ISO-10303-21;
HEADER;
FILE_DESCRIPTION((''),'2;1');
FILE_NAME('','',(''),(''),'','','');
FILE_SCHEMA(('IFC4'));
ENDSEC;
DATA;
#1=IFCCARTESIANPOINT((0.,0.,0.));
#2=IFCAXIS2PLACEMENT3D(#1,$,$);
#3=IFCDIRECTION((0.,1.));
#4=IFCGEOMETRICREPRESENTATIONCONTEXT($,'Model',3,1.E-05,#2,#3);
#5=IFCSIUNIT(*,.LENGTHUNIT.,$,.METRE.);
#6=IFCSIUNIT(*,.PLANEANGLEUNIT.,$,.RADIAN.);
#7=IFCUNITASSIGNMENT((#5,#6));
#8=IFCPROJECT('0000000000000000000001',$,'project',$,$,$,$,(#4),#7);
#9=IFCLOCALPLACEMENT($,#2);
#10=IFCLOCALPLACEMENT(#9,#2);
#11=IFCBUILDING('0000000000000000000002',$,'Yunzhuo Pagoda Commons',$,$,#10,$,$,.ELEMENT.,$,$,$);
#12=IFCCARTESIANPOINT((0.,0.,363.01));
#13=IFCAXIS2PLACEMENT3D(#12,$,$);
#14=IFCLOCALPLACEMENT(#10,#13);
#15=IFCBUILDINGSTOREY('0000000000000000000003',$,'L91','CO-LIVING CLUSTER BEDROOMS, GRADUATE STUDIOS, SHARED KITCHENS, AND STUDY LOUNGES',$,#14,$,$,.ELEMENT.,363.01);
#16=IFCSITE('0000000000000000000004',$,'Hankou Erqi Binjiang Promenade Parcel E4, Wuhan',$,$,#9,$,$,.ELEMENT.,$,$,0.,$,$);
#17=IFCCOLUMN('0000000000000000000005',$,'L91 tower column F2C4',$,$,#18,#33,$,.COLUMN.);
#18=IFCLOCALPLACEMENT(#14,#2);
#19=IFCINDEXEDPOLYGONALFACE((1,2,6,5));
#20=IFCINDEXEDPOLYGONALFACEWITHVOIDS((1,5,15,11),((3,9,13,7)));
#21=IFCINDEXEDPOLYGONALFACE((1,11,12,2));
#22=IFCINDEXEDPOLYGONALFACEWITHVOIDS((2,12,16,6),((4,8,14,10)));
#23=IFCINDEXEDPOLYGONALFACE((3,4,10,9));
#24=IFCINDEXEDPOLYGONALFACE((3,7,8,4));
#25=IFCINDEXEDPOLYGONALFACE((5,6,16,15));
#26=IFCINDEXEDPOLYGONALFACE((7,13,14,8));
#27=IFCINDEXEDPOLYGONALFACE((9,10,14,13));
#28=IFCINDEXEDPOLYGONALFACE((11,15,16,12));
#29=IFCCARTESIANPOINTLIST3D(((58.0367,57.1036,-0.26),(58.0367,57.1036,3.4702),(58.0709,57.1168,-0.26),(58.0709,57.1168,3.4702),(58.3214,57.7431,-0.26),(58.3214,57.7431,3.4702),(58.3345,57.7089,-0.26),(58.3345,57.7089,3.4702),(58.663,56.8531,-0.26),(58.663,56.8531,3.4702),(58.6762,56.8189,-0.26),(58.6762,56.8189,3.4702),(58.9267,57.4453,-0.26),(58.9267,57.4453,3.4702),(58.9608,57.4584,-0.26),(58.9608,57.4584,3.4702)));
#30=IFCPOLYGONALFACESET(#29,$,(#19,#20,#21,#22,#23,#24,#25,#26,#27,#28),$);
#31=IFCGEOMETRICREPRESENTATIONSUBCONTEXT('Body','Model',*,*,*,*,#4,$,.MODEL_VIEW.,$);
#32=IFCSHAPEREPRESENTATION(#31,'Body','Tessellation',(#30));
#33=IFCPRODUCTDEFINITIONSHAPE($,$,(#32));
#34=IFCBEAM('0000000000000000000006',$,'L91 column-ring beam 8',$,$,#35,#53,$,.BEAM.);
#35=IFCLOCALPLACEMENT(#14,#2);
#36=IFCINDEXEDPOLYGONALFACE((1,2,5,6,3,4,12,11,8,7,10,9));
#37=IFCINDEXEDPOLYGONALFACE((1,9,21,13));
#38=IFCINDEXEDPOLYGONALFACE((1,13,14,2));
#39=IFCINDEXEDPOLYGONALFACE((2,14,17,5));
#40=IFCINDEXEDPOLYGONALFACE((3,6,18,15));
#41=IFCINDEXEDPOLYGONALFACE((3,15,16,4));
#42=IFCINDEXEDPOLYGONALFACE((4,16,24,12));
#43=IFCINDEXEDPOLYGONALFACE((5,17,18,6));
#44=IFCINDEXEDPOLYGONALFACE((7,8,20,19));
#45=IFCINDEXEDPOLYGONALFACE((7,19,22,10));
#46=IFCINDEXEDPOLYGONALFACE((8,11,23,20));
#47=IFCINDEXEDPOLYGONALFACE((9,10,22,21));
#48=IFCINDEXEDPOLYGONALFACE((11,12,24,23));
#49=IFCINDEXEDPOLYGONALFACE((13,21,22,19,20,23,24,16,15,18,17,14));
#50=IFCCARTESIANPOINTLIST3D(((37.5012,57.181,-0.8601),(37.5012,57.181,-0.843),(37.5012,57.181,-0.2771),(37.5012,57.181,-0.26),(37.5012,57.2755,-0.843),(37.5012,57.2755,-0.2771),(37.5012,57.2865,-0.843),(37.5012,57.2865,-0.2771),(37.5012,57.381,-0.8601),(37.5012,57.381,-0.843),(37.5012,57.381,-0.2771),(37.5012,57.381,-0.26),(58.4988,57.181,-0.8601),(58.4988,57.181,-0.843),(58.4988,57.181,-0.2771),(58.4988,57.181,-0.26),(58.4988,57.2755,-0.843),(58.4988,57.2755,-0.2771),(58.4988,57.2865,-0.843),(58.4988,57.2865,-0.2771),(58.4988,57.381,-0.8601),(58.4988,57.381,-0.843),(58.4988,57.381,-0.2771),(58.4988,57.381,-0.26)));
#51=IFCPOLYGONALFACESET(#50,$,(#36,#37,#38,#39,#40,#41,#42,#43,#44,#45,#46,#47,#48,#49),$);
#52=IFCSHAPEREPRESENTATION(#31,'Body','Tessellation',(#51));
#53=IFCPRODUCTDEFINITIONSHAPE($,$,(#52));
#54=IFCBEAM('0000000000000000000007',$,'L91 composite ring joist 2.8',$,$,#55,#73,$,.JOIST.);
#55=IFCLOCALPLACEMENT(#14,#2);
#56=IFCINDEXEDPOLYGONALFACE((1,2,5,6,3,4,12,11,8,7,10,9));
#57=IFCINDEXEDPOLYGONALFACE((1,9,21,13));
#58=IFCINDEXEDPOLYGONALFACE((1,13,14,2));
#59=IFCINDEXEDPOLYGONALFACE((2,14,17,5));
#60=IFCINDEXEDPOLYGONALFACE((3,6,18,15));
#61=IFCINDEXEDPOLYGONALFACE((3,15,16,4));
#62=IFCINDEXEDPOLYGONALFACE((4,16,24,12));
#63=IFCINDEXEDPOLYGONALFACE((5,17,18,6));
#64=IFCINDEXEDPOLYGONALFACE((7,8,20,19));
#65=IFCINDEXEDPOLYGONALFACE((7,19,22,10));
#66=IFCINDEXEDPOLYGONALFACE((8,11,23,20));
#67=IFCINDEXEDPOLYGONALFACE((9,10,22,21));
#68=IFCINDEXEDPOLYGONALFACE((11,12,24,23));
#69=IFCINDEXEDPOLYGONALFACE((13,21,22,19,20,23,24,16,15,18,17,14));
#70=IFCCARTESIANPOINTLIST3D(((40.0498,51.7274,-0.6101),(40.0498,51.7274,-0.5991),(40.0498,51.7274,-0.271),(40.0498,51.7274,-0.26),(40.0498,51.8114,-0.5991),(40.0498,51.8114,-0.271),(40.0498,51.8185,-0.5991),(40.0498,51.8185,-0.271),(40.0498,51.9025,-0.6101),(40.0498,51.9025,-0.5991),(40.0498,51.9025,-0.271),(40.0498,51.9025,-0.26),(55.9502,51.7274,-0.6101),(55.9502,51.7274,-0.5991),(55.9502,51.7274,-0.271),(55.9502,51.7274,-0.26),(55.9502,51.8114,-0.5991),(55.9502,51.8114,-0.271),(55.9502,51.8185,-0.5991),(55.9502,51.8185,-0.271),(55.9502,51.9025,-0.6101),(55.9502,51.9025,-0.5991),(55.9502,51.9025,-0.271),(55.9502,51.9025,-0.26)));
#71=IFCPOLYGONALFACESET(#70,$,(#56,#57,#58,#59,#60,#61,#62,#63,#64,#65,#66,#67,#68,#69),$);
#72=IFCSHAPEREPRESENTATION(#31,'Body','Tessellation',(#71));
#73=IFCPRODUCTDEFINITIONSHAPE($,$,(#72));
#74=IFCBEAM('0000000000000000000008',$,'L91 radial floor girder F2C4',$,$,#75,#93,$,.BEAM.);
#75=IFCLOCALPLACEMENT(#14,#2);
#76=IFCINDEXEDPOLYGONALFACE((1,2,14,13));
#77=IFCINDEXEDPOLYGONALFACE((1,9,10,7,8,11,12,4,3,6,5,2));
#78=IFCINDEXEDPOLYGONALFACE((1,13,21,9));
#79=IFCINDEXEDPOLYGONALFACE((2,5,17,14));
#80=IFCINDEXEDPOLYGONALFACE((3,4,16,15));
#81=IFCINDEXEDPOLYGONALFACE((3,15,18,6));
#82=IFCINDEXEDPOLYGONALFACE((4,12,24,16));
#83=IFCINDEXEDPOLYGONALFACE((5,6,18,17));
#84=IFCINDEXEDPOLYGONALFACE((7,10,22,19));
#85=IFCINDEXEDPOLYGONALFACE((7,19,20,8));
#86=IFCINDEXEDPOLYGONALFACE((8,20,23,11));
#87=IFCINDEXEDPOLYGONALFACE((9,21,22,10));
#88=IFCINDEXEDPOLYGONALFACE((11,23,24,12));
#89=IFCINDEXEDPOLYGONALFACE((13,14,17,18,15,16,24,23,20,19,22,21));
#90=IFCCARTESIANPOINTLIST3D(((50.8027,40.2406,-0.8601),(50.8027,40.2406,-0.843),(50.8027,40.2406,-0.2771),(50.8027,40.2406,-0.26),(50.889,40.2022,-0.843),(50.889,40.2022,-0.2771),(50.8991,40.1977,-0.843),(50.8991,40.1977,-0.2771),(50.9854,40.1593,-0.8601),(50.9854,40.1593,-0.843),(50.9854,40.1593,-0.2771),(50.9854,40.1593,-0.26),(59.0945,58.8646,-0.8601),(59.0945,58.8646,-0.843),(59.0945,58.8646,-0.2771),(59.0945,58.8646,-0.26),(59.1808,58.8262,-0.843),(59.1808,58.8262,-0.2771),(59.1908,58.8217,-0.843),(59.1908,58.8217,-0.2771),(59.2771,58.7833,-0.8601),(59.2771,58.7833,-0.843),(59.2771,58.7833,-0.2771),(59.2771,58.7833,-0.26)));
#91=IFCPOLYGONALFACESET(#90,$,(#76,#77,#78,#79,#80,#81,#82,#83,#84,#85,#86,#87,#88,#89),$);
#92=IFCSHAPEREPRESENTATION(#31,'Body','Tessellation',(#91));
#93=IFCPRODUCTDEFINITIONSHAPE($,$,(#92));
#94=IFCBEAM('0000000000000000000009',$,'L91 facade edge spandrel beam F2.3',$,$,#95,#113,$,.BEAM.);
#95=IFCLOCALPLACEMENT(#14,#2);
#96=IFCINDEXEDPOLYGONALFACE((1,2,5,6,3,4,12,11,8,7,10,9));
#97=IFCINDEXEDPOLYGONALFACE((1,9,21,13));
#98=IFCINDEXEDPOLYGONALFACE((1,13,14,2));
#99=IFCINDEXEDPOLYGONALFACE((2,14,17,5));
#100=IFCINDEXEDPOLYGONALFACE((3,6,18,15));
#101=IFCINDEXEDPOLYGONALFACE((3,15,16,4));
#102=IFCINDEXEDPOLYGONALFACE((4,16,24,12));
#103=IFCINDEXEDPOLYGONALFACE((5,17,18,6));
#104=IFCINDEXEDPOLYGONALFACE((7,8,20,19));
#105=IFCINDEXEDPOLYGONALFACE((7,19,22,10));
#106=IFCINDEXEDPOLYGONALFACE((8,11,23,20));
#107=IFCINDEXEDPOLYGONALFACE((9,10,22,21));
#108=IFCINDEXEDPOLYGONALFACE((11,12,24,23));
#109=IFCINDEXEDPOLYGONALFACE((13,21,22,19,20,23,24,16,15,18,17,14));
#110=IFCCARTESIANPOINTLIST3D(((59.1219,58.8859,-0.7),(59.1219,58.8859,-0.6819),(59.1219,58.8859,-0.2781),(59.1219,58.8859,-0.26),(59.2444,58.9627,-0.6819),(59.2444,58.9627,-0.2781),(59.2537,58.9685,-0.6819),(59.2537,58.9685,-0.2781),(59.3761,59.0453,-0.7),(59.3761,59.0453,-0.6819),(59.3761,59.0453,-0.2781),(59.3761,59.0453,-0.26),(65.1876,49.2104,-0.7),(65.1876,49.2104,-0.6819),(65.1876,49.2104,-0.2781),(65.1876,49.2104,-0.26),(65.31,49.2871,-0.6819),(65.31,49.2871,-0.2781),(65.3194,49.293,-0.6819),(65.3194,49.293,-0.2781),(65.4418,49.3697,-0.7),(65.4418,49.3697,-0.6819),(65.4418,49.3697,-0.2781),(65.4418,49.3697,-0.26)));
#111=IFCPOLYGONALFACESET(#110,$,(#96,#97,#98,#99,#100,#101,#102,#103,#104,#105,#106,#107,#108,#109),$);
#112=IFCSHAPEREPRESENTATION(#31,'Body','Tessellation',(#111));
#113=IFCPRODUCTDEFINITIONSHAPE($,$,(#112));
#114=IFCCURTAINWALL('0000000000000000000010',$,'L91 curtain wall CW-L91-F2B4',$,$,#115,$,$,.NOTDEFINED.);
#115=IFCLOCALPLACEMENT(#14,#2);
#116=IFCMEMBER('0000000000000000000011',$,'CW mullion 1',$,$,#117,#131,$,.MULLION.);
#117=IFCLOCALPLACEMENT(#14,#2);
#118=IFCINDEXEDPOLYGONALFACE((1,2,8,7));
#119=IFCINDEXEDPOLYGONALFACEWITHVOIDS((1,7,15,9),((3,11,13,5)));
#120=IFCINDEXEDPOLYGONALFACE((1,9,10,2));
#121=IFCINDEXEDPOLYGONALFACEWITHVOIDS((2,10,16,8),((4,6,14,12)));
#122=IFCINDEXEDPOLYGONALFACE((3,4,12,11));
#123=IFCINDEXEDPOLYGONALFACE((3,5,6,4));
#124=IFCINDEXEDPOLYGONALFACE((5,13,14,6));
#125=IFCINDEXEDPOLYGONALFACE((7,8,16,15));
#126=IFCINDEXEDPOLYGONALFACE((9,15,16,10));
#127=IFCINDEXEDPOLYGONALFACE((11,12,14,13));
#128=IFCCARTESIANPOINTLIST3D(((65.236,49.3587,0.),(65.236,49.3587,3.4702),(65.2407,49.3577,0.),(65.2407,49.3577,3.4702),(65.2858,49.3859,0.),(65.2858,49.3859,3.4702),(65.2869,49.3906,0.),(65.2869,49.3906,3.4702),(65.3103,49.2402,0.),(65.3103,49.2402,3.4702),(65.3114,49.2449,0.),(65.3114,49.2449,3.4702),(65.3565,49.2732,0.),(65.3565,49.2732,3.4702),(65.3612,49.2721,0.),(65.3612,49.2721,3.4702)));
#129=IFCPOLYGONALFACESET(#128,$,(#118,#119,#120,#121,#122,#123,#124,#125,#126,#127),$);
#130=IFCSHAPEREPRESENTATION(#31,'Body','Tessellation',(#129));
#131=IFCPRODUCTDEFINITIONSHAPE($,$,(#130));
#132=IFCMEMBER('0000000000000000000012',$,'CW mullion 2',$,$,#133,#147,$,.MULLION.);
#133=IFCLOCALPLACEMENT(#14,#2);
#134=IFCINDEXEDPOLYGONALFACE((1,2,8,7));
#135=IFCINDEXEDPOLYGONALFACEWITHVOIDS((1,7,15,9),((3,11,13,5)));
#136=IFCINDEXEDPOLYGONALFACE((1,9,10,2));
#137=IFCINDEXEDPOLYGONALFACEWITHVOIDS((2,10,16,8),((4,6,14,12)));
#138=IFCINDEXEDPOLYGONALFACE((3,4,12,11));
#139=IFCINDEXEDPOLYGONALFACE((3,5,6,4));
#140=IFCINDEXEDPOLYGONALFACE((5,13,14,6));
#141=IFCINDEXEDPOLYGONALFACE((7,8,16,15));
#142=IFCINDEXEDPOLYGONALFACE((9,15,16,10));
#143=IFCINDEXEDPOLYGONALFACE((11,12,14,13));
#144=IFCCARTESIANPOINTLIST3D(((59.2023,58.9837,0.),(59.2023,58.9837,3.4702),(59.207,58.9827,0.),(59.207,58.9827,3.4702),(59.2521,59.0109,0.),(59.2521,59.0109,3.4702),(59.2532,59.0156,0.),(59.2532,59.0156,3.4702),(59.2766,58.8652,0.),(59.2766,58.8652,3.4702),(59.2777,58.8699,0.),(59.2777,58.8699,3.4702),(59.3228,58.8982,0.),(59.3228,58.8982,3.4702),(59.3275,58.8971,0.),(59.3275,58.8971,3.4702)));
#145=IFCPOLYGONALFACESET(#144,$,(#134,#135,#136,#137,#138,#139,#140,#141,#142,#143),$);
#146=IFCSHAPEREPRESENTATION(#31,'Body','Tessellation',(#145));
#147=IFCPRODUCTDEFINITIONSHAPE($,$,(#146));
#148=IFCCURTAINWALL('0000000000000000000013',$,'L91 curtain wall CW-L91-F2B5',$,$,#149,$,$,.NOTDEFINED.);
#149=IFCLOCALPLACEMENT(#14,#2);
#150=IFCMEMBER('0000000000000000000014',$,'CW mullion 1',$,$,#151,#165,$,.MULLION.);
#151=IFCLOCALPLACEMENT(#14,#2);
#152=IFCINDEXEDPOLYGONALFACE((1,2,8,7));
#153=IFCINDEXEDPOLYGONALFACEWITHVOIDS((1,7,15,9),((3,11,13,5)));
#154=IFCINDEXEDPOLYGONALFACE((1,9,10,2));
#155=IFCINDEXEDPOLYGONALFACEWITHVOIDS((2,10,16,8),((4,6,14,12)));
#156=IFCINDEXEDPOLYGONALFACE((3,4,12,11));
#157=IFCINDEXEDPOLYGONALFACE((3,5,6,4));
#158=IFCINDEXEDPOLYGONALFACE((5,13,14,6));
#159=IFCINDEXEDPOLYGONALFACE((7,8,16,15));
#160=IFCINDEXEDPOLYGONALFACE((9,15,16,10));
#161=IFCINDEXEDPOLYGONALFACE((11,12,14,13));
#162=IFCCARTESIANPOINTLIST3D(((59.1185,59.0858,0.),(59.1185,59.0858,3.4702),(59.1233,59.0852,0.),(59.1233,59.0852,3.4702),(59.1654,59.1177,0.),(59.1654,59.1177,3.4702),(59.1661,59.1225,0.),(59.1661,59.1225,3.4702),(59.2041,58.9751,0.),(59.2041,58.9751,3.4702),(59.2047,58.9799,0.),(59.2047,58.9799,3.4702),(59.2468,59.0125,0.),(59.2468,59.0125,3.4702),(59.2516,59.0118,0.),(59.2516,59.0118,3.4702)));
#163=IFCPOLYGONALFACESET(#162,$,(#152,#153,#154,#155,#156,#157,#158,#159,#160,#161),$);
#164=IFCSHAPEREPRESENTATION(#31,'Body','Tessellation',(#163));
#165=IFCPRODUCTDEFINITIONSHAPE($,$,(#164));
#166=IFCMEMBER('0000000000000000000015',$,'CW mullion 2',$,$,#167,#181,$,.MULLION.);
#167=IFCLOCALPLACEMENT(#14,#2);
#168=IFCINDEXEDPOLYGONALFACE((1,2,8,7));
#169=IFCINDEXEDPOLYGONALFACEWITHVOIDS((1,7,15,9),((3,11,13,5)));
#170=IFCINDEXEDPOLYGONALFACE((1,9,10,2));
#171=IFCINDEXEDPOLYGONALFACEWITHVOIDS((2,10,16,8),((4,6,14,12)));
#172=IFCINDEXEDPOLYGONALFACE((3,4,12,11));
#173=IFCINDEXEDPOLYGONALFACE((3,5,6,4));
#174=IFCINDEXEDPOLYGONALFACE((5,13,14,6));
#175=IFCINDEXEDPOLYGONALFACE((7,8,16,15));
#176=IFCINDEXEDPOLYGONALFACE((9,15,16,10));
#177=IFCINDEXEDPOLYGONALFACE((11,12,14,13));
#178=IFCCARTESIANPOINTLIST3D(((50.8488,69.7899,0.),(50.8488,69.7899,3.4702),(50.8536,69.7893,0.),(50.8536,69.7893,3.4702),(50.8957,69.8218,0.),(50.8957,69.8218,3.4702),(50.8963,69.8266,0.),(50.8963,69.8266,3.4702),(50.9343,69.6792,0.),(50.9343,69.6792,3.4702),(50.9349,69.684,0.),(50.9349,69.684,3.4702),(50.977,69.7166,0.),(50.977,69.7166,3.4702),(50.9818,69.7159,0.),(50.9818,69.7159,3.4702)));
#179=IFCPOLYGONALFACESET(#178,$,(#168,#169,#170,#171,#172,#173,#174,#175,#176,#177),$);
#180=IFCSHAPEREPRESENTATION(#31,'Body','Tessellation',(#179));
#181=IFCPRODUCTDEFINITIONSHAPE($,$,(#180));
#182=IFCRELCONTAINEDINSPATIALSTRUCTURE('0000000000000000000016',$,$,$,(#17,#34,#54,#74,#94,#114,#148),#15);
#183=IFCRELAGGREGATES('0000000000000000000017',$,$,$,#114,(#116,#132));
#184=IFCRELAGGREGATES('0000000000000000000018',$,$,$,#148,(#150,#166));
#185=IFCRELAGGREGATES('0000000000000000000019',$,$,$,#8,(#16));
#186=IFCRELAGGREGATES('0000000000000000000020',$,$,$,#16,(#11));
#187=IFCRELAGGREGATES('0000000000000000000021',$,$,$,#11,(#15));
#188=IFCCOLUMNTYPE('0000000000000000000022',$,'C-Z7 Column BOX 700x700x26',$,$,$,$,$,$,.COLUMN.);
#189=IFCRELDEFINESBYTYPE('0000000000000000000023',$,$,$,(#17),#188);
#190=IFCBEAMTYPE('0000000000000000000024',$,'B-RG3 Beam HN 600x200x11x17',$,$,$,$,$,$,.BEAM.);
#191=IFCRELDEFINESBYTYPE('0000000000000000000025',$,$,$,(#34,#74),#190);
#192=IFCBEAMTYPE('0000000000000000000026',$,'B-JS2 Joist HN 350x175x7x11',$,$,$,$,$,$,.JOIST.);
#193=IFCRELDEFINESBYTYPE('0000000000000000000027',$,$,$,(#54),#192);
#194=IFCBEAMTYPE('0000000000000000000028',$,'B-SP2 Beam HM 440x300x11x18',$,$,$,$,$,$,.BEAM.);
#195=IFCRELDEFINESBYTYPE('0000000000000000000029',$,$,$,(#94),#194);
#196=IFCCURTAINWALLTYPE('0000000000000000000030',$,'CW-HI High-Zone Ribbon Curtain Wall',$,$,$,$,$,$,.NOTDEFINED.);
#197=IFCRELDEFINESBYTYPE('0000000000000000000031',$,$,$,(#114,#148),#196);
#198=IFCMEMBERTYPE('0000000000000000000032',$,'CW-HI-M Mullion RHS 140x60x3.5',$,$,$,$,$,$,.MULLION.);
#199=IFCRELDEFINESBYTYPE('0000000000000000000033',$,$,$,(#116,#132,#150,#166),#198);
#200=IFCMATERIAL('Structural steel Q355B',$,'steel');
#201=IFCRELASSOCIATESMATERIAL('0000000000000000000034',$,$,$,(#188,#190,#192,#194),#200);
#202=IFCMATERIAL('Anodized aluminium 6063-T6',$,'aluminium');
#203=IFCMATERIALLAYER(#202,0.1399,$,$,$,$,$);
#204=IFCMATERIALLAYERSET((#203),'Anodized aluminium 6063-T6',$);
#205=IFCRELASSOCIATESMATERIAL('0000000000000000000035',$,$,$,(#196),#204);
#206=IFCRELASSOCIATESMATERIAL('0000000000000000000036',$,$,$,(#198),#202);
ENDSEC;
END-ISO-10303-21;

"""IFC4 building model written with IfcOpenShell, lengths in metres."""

from ifc_helpers import new_model, si_unit, direction, frame, origin, origin_2d, place, context, subcontext, project, spatial, hollow_rectangle, i_section, extrude, source, transform, mapped, material, layer, layer_set, material_profile, profile_set, type_object, element, aggregate, save


model = new_model("IFC4")

# Units and contexts
model_context = context("Model", 3, precision=1e-05, world=origin(), true_north=direction((0.0, 1.0)))
body_context = subcontext(model_context, "Body", "Model", "MODEL_VIEW")
ifc_project = project(units=[si_unit("LENGTHUNIT", "METRE"), si_unit("PLANEANGLEUNIT", "RADIAN")], contexts=[model_context])

# Site, building, storey
site_placement = place(None, origin())
site = spatial("IfcSite", under=ifc_project, at=site_placement, Name="Hankou Erqi Binjiang Promenade Parcel E4, Wuhan", CompositionType="ELEMENT", RefElevation=0.0)
building_placement = place(site_placement, origin())
building = spatial("IfcBuilding", under=site, at=building_placement, Name="Yunzhuo Pagoda Commons", CompositionType="ELEMENT")
storey_placement = place(building_placement, frame((0.0, 0.0, 363.01)))
storey = spatial("IfcBuildingStorey", under=building, at=storey_placement, Name="L91", Description="CO-LIVING CLUSTER BEDROOMS, GRADUATE STUDIOS, SHARED KITCHENS, AND STUDY LOUNGES", CompositionType="ELEMENT", Elevation=363.01)

# Column
ifc_material_1 = material(Name="Structural steel Q355B", Category="steel")
ifc_material_profile_1 = material_profile(ifc_material_1, hollow_rectangle(XDim=0.7, YDim=0.7, WallThickness=0.0259, at=origin_2d()), Name="Structural steel Q355B")
ifc_profile_set_1 = profile_set([ifc_material_profile_1], Name="Structural steel Q355B")
column_type = type_object("IfcColumnType", Name="C-Z7 Column BOX 700x700x26", PredefinedType="COLUMN", material=ifc_profile_set_1)
shared_shape_1 = source(origin(), body_context, "Body", "SweptSolid", [
    extrude(hollow_rectangle(XDim=0.7, YDim=0.7, WallThickness=0.0259, at=origin_2d()), origin(), (0.0, 0.0, 1.0), 3.7302),
])
column_placement = place(storey_placement, frame((58.4988, 57.281, -0.26), z_axis=(0.0, 0.0, 1.0), x_axis=(-0.913545, 0.406737, 0.0)))
element("IfcColumn", 1, at=column_placement, inside=storey, type_object=column_type, Name="L91 tower column F2C4", PredefinedType="COLUMN", context=body_context, shape_type="MappedRepresentation", body=[
    mapped(shared_shape_1, transform((0.0, 0.0, 0.0), scale=1.0)),
])

# Beams
ifc_material_profile_2 = material_profile(ifc_material_1, i_section(OverallWidth=0.2, OverallDepth=0.6001, WebThickness=0.011, FlangeThickness=0.0171, at=origin_2d()), Name="Structural steel Q355B")
ifc_profile_set_2 = profile_set([ifc_material_profile_2], Name="Structural steel Q355B")
beam_type_1 = type_object("IfcBeamType", Name="B-RG3 Beam HN 600x200x11x17", PredefinedType="BEAM", material=ifc_profile_set_2)
shared_shape_2 = source(origin(), body_context, "Body", "SweptSolid", [
    extrude(i_section(OverallWidth=0.2, OverallDepth=0.6001, WebThickness=0.011, FlangeThickness=0.0171, at=origin_2d()), origin(), (0.0, 0.0, 1.0), 20.9976),
])
beam_1_placement = place(storey_placement, frame((58.4988, 57.281, -0.5601), z_axis=(-1.0, 0.0, 0.0), x_axis=(0.0, -1.0, 0.0)))
element("IfcBeam", 2, at=beam_1_placement, inside=storey, type_object=beam_type_1, Name="L91 column-ring beam 8", PredefinedType="BEAM", context=body_context, shape_type="MappedRepresentation", body=[
    mapped(shared_shape_2, transform((0.0, 0.0, 0.0), scale=1.0)),
])
ifc_material_profile_3 = material_profile(ifc_material_1, i_section(OverallWidth=0.175, OverallDepth=0.3501, WebThickness=0.0071, FlangeThickness=0.011, at=origin_2d()), Name="Structural steel Q355B")
ifc_profile_set_3 = profile_set([ifc_material_profile_3], Name="Structural steel Q355B")
beam_type_2 = type_object("IfcBeamType", Name="B-JS2 Joist HN 350x175x7x11", PredefinedType="JOIST", material=ifc_profile_set_3)
shared_shape_3 = source(origin(), body_context, "Body", "SweptSolid", [
    extrude(i_section(OverallWidth=0.175, OverallDepth=0.3501, WebThickness=0.0071, FlangeThickness=0.011, at=origin_2d()), origin(), (0.0, 0.0, 1.0), 15.9004),
])
beam_2_placement = place(storey_placement, frame((55.9502, 51.8149, -0.4351), z_axis=(-1.0, 0.0, 0.0), x_axis=(0.0, -1.0, 0.0)))
element("IfcBeam", 3, at=beam_2_placement, inside=storey, type_object=beam_type_2, Name="L91 composite ring joist 2.8", PredefinedType="JOIST", context=body_context, shape_type="MappedRepresentation", body=[
    mapped(shared_shape_3, transform((0.0, 0.0, 0.0), scale=1.0)),
])
shared_shape_4 = source(origin(), body_context, "Body", "SweptSolid", [
    extrude(i_section(OverallWidth=0.2, OverallDepth=0.6001, WebThickness=0.011, FlangeThickness=0.0171, at=origin_2d()), origin(), (0.0, 0.0, 1.0), 20.3865),
])
beam_3_placement = place(storey_placement, frame((59.1858, 58.824, -0.5601), z_axis=(-0.406728, -0.913549, 0.0), x_axis=(0.913549, -0.406728, 0.0)))
element("IfcBeam", 4, at=beam_3_placement, inside=storey, type_object=beam_type_1, Name="L91 radial floor girder F2C4", PredefinedType="BEAM", context=body_context, shape_type="MappedRepresentation", body=[
    mapped(shared_shape_4, transform((0.0, 0.0, 0.0), scale=1.0)),
])
ifc_material_profile_4 = material_profile(ifc_material_1, i_section(OverallWidth=0.3, OverallDepth=0.4399, WebThickness=0.011, FlangeThickness=0.0181, at=origin_2d()), Name="Structural steel Q355B")
ifc_profile_set_4 = profile_set([ifc_material_profile_4], Name="Structural steel Q355B")
beam_type_3 = type_object("IfcBeamType", Name="B-SP2 Beam HM 440x300x11x18", PredefinedType="BEAM", material=ifc_profile_set_4)
shared_shape_5 = source(origin(), body_context, "Body", "SweptSolid", [
    extrude(i_section(OverallWidth=0.3, OverallDepth=0.4399, WebThickness=0.011, FlangeThickness=0.0181, at=origin_2d()), origin(), (0.0, 0.0, 1.0), 11.4197),
])
beam_4_placement = place(storey_placement, frame((65.3147, 49.29, -0.48), z_axis=(-0.531161, 0.847271, 0.0), x_axis=(-0.847271, -0.531161, 0.0)))
element("IfcBeam", 5, at=beam_4_placement, inside=storey, type_object=beam_type_3, Name="L91 facade edge spandrel beam F2.3", PredefinedType="BEAM", context=body_context, shape_type="MappedRepresentation", body=[
    mapped(shared_shape_5, transform((0.0, 0.0, 0.0), scale=1.0)),
])

# Curtain walls, members
ifc_material_2 = material(Name="Anodized aluminium 6063-T6", Category="aluminium")
ifc_layer_1 = layer(ifc_material_2, 0.1399)
ifc_layer_set_1 = layer_set([ifc_layer_1], Name="Anodized aluminium 6063-T6")
curtain_wall_type = type_object("IfcCurtainWallType", Name="CW-HI High-Zone Ribbon Curtain Wall", PredefinedType="NOTDEFINED", material=ifc_layer_set_1)
curtain_wall_1_placement = place(storey_placement, origin())
curtain_wall_1 = element("IfcCurtainWall", 6, at=curtain_wall_1_placement, inside=storey, type_object=curtain_wall_type, Name="L91 curtain wall CW-L91-F2B4", PredefinedType="NOTDEFINED")
ifc_material_profile_5 = material_profile(ifc_material_2, hollow_rectangle(XDim=0.0601, YDim=0.1399, WallThickness=0.0034, at=origin_2d()), Name="Anodized aluminium 6063-T6")
ifc_profile_set_5 = profile_set([ifc_material_profile_5], Name="Anodized aluminium 6063-T6")
member_type_1 = type_object("IfcMemberType", Name="CW-HI-M Mullion RHS 140x60x3.5", PredefinedType="MULLION", material=ifc_profile_set_5)
shared_shape_6 = source(origin(), body_context, "Body", "SweptSolid", [
    extrude(hollow_rectangle(XDim=0.0601, YDim=0.1399, WallThickness=0.0034, at=origin_2d()), origin(), (0.0, 0.0, 1.0), 3.4702),
])
member_1_placement = place(storey_placement, frame((65.2986, 49.3154, 0.0), z_axis=(0.0, 0.0, 1.0), x_axis=(-0.847273, -0.531158, 0.0)))
member_1 = element("IfcMember", 7, at=member_1_placement, type_object=member_type_1, Name="CW mullion 1", PredefinedType="MULLION", context=body_context, shape_type="MappedRepresentation", body=[
    mapped(shared_shape_6, transform((0.0, 0.0, 0.0), scale=1.0)),
])
member_2_placement = place(storey_placement, frame((59.2649, 58.9404, 0.0), z_axis=(0.0, 0.0, 1.0), x_axis=(-0.847273, -0.531158, 0.0)))
member_2 = element("IfcMember", 8, at=member_2_placement, type_object=member_type_1, Name="CW mullion 2", PredefinedType="MULLION", context=body_context, shape_type="MappedRepresentation", body=[
    mapped(shared_shape_6, transform((0.0, 0.0, 0.0), scale=1.0)),
])
curtain_wall_2_placement = place(storey_placement, origin())
curtain_wall_2 = element("IfcCurtainWall", 9, at=curtain_wall_2_placement, inside=storey, type_object=curtain_wall_type, Name="L91 curtain wall CW-L91-F2B5", PredefinedType="NOTDEFINED")
member_3_placement = place(storey_placement, frame((59.1851, 59.0488, 0.0), z_axis=(0.0, 0.0, 1.0), x_axis=(-0.791349, -0.611365, 0.0)))
member_3 = element("IfcMember", 10, at=member_3_placement, type_object=member_type_1, Name="CW mullion 1", PredefinedType="MULLION", context=body_context, shape_type="MappedRepresentation", body=[
    mapped(shared_shape_6, transform((0.0, 0.0, 0.0), scale=1.0)),
])
member_4_placement = place(storey_placement, frame((50.9153, 69.7529, 0.0), z_axis=(0.0, 0.0, 1.0), x_axis=(-0.791349, -0.611365, 0.0)))
member_4 = element("IfcMember", 11, at=member_4_placement, type_object=member_type_1, Name="CW mullion 2", PredefinedType="MULLION", context=body_context, shape_type="MappedRepresentation", body=[
    mapped(shared_shape_6, transform((0.0, 0.0, 0.0), scale=1.0)),
])

aggregate(curtain_wall_1, [member_1, member_2])
aggregate(curtain_wall_2, [member_3, member_4])

save(model, "model.ifc")
